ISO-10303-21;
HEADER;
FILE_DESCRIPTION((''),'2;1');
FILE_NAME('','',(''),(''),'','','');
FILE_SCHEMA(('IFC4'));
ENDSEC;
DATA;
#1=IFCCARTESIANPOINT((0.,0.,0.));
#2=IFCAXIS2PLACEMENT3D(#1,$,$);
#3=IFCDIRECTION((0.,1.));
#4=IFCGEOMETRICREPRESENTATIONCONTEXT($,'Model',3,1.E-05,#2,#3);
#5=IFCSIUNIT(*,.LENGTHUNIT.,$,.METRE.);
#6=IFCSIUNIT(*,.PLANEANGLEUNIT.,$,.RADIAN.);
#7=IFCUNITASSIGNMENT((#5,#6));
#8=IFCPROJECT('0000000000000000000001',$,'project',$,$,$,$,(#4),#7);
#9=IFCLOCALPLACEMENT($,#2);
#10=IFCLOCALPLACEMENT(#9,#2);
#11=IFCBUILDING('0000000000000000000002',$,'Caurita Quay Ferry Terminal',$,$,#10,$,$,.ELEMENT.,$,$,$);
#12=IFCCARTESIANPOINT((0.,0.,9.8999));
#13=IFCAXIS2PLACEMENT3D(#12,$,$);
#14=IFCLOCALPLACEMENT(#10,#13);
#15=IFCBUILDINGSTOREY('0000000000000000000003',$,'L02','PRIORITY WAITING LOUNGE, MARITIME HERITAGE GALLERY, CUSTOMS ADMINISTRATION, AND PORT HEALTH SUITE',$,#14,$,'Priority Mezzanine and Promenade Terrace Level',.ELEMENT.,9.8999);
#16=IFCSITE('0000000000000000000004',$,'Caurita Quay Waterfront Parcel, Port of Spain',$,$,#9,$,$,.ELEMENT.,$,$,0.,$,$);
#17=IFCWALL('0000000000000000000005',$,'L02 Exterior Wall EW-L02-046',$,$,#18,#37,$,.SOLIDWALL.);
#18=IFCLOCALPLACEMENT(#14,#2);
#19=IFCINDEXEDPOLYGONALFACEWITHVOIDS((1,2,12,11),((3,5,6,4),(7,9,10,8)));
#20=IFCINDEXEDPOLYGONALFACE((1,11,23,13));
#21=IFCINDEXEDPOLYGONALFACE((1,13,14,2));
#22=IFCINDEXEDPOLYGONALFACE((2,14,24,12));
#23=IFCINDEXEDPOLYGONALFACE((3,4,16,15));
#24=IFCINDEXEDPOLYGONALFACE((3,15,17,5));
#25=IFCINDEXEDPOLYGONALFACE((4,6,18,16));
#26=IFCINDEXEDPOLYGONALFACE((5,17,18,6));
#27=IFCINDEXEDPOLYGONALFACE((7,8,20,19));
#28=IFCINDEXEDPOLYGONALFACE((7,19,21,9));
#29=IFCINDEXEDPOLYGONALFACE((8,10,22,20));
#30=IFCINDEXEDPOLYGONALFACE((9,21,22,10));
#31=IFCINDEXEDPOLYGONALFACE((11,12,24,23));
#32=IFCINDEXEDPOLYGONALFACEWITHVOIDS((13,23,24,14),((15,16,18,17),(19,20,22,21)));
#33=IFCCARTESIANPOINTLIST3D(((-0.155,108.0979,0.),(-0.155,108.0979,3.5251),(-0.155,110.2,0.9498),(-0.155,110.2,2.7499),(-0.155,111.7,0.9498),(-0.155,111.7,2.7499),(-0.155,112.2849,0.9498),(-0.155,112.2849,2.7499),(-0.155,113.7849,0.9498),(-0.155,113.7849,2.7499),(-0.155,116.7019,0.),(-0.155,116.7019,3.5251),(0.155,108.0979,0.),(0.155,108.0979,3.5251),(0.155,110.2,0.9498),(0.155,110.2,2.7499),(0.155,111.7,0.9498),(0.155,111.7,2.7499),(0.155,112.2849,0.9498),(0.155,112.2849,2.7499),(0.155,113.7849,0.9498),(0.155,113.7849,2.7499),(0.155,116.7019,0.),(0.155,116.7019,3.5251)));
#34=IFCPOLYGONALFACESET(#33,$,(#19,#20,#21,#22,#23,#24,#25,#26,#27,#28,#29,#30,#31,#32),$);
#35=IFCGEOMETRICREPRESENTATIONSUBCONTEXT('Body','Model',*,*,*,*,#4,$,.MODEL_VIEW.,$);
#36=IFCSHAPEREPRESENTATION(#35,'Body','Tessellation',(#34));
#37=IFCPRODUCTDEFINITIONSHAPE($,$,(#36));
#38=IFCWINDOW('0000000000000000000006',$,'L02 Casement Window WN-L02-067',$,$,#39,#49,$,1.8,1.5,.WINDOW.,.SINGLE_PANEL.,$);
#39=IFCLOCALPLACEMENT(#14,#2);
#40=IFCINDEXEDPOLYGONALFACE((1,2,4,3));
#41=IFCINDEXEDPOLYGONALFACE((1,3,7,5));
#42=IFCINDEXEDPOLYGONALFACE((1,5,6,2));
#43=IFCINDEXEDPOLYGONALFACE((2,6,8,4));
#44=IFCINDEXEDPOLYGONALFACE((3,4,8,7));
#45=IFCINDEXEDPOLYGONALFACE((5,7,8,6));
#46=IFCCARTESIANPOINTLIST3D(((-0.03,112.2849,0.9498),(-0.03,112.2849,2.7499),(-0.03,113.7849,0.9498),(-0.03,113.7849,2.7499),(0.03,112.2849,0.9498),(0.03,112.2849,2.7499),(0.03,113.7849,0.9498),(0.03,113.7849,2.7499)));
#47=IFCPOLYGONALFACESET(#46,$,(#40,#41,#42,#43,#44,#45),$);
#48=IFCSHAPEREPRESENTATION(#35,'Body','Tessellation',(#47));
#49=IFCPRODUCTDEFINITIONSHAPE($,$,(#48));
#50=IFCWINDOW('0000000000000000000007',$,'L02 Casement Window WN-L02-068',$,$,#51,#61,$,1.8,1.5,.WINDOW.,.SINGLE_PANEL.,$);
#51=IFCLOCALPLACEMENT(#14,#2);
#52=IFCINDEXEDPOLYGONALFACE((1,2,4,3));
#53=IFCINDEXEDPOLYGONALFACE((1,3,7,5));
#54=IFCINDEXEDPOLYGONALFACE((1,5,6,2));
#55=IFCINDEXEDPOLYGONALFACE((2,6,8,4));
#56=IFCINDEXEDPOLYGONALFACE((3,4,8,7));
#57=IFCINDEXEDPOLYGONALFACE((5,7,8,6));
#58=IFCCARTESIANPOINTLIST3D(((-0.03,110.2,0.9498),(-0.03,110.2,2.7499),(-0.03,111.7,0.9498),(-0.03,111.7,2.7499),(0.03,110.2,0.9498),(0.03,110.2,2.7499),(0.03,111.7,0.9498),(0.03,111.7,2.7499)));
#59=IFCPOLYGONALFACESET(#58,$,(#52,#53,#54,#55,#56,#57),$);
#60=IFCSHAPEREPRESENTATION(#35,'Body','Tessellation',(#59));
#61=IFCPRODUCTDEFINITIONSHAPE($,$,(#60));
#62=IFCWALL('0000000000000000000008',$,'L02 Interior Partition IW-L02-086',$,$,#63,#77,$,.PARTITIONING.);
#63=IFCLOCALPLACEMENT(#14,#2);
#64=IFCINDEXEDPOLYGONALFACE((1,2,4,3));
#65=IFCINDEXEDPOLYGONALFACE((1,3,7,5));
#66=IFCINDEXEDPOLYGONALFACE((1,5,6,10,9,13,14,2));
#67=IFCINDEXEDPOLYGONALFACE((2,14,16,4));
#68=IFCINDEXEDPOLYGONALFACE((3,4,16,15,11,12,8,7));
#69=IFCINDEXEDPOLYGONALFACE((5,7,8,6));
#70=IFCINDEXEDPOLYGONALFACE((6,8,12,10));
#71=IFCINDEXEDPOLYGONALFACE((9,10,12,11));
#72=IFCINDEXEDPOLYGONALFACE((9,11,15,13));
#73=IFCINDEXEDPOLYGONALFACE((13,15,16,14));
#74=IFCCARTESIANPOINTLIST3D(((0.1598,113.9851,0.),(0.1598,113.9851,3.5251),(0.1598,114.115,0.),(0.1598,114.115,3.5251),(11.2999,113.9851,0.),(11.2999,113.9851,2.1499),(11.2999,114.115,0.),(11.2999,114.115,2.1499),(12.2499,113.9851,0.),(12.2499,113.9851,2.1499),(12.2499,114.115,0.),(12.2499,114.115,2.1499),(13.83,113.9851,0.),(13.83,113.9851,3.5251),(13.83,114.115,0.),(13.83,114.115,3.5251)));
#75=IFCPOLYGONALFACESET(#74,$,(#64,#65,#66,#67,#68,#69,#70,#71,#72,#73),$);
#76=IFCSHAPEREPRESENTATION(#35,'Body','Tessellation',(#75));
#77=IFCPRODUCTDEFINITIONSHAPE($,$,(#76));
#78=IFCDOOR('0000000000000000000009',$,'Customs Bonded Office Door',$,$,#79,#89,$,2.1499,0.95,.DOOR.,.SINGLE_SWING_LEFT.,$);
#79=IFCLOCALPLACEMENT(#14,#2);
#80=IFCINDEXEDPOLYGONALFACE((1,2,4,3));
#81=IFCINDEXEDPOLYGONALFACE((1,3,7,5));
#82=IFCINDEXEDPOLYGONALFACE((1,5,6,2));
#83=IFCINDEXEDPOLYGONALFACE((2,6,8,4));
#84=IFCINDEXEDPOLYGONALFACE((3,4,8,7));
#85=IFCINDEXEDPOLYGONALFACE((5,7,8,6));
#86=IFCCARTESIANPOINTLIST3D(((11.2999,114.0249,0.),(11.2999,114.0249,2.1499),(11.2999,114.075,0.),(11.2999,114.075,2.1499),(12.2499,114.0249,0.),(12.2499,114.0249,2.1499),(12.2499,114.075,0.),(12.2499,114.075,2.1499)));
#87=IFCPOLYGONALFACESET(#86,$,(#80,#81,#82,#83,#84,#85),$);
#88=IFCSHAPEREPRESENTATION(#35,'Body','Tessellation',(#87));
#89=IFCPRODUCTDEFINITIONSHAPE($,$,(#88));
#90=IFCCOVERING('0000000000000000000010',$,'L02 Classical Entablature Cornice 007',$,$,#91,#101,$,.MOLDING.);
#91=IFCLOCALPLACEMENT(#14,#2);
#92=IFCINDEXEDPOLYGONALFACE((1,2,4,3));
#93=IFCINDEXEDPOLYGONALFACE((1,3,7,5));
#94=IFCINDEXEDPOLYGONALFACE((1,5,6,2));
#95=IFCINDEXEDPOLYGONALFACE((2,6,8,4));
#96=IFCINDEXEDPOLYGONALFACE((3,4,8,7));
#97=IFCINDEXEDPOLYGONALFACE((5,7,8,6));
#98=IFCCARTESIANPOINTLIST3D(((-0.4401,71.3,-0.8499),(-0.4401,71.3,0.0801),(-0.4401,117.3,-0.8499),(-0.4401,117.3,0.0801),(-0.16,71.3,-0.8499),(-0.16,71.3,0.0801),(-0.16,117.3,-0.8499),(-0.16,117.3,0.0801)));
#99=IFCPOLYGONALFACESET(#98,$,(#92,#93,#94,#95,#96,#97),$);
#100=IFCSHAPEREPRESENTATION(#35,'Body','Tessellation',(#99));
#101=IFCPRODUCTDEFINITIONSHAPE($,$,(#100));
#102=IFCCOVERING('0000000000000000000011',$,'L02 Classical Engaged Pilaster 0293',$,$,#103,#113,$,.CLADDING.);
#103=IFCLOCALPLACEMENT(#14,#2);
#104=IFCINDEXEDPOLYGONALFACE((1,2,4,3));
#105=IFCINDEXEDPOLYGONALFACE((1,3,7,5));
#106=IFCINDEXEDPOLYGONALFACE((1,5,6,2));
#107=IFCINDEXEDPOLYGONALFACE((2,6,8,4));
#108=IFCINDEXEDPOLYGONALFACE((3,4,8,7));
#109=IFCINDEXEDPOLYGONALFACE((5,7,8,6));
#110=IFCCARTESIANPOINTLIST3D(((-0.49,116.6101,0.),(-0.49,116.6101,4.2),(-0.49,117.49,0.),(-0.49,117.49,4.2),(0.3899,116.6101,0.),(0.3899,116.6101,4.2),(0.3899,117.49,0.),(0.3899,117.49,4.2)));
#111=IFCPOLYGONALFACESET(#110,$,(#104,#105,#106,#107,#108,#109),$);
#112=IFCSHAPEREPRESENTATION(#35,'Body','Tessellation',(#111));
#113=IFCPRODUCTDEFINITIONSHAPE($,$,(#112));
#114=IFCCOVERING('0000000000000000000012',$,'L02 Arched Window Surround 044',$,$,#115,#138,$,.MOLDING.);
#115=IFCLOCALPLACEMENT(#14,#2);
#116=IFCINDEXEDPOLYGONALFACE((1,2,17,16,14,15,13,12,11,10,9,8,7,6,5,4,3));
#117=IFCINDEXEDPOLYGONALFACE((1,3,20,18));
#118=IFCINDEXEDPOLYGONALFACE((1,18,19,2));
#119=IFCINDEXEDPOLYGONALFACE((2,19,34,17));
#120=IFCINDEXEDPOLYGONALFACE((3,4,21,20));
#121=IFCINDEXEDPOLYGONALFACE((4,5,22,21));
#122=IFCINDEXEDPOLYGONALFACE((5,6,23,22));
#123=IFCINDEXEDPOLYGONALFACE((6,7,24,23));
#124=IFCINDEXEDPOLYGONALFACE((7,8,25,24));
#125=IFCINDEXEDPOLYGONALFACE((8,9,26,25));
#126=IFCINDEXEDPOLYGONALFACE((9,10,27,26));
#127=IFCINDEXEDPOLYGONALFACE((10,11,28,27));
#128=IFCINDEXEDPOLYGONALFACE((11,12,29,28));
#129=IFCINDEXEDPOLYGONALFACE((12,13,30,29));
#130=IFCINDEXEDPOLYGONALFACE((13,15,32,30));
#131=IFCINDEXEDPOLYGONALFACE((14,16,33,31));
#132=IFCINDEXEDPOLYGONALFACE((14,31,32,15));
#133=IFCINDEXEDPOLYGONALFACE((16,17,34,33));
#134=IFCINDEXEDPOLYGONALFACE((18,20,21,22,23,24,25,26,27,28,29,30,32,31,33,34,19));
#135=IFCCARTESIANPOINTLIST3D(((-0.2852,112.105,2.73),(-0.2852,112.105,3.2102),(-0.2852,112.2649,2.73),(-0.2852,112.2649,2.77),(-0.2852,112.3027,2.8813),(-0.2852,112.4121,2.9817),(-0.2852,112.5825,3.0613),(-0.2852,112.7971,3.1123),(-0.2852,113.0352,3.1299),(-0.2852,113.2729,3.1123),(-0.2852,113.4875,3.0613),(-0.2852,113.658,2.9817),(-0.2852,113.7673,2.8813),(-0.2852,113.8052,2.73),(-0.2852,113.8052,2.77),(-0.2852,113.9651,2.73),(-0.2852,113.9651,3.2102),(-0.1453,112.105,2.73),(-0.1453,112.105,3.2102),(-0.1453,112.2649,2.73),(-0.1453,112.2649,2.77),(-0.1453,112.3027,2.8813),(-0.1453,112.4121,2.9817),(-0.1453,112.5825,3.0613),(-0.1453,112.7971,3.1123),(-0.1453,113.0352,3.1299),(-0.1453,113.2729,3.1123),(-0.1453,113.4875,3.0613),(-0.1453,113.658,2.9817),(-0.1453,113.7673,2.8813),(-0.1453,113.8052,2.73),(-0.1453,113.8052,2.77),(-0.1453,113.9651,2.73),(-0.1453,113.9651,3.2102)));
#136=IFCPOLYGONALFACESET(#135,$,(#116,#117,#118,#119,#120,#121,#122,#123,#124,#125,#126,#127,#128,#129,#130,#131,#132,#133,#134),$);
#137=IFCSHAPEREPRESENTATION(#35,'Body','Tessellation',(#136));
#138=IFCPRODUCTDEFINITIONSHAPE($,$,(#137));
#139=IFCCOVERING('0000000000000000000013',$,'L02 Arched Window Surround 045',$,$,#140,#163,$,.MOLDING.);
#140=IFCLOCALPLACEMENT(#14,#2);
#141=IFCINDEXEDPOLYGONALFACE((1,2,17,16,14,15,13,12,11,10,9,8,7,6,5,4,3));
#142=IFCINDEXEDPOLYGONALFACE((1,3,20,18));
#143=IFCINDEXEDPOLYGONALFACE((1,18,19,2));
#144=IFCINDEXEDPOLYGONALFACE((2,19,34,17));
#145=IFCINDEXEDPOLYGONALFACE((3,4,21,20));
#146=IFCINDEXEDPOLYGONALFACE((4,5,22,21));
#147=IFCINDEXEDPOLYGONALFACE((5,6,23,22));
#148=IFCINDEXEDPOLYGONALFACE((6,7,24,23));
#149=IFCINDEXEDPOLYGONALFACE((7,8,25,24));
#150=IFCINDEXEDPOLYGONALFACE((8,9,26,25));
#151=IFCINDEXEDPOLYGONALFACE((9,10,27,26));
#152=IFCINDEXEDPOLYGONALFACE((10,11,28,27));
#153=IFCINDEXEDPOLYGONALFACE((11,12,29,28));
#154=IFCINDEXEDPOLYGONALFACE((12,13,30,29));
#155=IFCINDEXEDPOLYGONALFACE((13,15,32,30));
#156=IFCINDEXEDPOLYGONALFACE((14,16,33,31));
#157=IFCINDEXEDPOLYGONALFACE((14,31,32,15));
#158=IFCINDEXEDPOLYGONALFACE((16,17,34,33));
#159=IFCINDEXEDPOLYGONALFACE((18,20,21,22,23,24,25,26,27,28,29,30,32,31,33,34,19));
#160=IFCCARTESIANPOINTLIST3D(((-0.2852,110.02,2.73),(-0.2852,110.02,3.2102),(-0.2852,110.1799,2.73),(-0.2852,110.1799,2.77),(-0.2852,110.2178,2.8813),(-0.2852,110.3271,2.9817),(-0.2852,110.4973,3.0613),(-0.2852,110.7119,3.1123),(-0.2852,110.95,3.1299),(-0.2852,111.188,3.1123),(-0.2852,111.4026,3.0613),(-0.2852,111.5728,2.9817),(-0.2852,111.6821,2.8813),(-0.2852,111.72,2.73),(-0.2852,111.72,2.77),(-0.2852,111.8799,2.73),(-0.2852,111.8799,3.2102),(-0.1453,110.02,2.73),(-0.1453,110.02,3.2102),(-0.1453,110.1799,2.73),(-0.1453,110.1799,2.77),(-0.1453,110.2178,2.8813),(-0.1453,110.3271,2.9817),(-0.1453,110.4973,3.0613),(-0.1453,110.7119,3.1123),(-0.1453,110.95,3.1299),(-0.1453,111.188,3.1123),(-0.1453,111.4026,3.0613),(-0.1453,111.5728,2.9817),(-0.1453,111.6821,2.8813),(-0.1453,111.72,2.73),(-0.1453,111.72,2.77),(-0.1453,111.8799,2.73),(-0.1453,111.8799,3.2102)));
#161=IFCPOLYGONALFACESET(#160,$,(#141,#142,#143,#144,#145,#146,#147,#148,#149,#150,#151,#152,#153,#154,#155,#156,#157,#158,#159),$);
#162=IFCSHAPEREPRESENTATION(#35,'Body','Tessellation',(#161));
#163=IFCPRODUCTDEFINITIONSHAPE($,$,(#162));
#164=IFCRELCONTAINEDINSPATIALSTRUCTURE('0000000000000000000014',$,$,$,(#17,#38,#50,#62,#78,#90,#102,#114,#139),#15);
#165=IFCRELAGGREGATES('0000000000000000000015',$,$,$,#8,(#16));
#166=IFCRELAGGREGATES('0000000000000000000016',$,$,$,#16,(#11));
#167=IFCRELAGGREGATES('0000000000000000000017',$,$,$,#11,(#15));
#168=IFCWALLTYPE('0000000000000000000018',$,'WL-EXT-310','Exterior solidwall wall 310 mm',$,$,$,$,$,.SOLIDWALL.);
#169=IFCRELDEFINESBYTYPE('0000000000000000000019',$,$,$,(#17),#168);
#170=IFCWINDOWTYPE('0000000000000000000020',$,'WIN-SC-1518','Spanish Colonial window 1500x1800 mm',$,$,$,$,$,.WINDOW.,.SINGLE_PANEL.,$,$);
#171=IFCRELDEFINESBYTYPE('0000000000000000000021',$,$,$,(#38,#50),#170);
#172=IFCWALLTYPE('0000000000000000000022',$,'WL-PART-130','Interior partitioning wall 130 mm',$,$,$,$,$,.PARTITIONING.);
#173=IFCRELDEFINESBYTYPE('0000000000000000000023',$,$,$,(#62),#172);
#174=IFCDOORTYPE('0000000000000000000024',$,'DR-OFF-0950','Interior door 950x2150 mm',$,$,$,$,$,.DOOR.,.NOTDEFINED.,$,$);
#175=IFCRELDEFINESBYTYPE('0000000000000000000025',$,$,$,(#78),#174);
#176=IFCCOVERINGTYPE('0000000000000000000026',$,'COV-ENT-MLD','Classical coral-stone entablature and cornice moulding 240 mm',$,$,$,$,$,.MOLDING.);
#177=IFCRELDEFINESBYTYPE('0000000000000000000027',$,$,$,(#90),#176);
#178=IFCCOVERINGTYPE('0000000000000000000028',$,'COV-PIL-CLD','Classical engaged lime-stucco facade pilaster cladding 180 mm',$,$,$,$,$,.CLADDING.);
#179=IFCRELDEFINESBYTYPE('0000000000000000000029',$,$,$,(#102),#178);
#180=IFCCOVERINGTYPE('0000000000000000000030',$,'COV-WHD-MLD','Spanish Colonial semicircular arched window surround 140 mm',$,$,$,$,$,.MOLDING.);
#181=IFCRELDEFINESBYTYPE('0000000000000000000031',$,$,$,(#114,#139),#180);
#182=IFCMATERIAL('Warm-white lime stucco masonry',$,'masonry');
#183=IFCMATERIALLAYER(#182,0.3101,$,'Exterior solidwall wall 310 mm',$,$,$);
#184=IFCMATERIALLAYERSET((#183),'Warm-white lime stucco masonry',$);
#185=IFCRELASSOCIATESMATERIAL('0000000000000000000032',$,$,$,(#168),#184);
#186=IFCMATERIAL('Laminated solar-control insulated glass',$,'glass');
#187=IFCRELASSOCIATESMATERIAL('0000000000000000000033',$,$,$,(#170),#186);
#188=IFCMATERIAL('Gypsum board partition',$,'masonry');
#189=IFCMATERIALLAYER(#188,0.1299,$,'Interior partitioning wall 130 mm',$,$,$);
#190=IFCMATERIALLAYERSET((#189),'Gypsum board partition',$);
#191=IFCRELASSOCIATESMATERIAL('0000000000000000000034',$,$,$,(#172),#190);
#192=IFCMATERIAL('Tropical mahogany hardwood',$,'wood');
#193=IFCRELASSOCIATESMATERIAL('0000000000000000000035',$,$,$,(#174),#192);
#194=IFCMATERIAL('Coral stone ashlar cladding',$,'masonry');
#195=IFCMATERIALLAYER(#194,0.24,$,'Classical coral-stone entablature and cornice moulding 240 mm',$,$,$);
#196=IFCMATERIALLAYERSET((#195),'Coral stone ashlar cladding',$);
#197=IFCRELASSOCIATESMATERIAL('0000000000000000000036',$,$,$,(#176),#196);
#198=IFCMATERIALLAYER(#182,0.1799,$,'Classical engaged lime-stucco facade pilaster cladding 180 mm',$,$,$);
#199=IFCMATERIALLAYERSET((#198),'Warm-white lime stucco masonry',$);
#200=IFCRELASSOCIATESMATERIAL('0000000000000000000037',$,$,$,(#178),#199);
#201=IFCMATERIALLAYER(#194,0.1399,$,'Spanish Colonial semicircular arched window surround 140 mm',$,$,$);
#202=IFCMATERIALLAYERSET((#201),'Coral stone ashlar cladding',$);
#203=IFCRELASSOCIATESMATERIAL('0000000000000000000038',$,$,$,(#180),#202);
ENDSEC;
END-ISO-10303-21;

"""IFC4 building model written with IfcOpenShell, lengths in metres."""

from ifc_helpers import new_model, si_unit, direction, frame, frame_2d, origin, origin_2d, place, context, subcontext, project, spatial, polyline, rectangle, outline, extrude, material, layer, layer_set, type_object, element, fill, save


model = new_model("IFC4")

# Units and contexts
model_context = context("Model", 3, precision=1e-05, world=origin(), true_north=direction((0.0, 1.0)))
body_context = subcontext(model_context, "Body", "Model", "MODEL_VIEW")
ifc_project = project(units=[si_unit("LENGTHUNIT", "METRE"), si_unit("PLANEANGLEUNIT", "RADIAN")], contexts=[model_context])

# Site, building, storey
site_placement = place(None, origin())
site = spatial("IfcSite", under=ifc_project, at=site_placement, Name="Caurita Quay Waterfront Parcel, Port of Spain", CompositionType="ELEMENT", RefElevation=0.0)
building_placement = place(site_placement, origin())
building = spatial("IfcBuilding", under=site, at=building_placement, Name="Caurita Quay Ferry Terminal", CompositionType="ELEMENT")
storey_placement = place(building_placement, frame((0.0, 0.0, 9.8999)))
storey = spatial("IfcBuildingStorey", under=building, at=storey_placement, Name="L02", Description="PRIORITY WAITING LOUNGE, MARITIME HERITAGE GALLERY, CUSTOMS ADMINISTRATION, AND PORT HEALTH SUITE", LongName="Priority Mezzanine and Promenade Terrace Level", CompositionType="ELEMENT", Elevation=9.8999)

# Wall, openings, windows
ifc_material_1 = material(Name="Warm-white lime stucco masonry", Category="masonry")
ifc_layer_1 = layer(ifc_material_1, 0.3101, Name="Exterior solidwall wall 310 mm")
ifc_layer_set_1 = layer_set([ifc_layer_1], Name="Warm-white lime stucco masonry")
wall_type_1 = type_object("IfcWallType", Name="WL-EXT-310", Description="Exterior solidwall wall 310 mm", PredefinedType="SOLIDWALL", material=ifc_layer_set_1)
wall_1_placement = place(storey_placement, frame((0.0, 116.7019, 0.0), z_axis=(0.0, 0.0, 1.0), x_axis=(0.0, -1.0, 0.0)))
wall_1 = element("IfcWall", 1, at=wall_1_placement, inside=storey, type_object=wall_type_1, Name="L02 Exterior Wall EW-L02-046", PredefinedType="SOLIDWALL", context=body_context, shape_type="SweptSolid", body=[
    extrude(rectangle(XDim=8.604, YDim=0.3101, at=frame_2d((4.302, 0.0))), origin(), (0.0, 0.0, 1.0), 3.5251),
])
opening_1_placement = place(wall_1_placement, frame((2.917, 0.0, 0.95)))
opening_1 = element("IfcOpeningElement", 2, at=opening_1_placement, cuts=wall_1, PredefinedType="OPENING", context=body_context, shape_type="SweptSolid", body=[
    extrude(rectangle(XDim=1.5, YDim=1.8, at=frame_2d((0.75, 0.8999))), frame((0.0, 0.165, 0.0), z_axis=(0.0, -1.0, 0.0), x_axis=(1.0, 0.0, 0.0)), (0.0, 0.0, 1.0), 0.3301),
])
opening_2_placement = place(wall_1_placement, frame((5.002, 0.0, 0.95)))
opening_2 = element("IfcOpeningElement", 3, at=opening_2_placement, cuts=wall_1, PredefinedType="OPENING", context=body_context, shape_type="SweptSolid", body=[
    extrude(rectangle(XDim=1.5, YDim=1.8, at=frame_2d((0.75, 0.8999))), frame((0.0, 0.165, 0.0), z_axis=(0.0, -1.0, 0.0), x_axis=(1.0, 0.0, 0.0)), (0.0, 0.0, 1.0), 0.3301),
])
ifc_material_2 = material(Name="Laminated solar-control insulated glass", Category="glass")
window_type = type_object("IfcWindowType", Name="WIN-SC-1518", Description="Spanish Colonial window 1500x1800 mm", PartitioningType="SINGLE_PANEL", PredefinedType="WINDOW", material=ifc_material_2)
window_1_placement = place(opening_1_placement, origin())
window_1 = element("IfcWindow", 4, at=window_1_placement, inside=storey, type_object=window_type, Name="L02 Casement Window WN-L02-067", OverallHeight=1.8, OverallWidth=1.5, PartitioningType="SINGLE_PANEL", PredefinedType="WINDOW", context=body_context, shape_type="SweptSolid", body=[
    extrude(rectangle(XDim=1.5, YDim=1.8, at=frame_2d((0.75, 0.8999))), frame((0.0, 0.03, 0.0), z_axis=(0.0, -1.0, 0.0), x_axis=(1.0, 0.0, 0.0)), (0.0, 0.0, 1.0), 0.0601),
])
fill(opening_1, window_1)
window_2_placement = place(opening_2_placement, origin())
window_2 = element("IfcWindow", 5, at=window_2_placement, inside=storey, type_object=window_type, Name="L02 Casement Window WN-L02-068", OverallHeight=1.8, OverallWidth=1.5, PartitioningType="SINGLE_PANEL", PredefinedType="WINDOW", context=body_context, shape_type="SweptSolid", body=[
    extrude(rectangle(XDim=1.5, YDim=1.8, at=frame_2d((0.75, 0.8999))), frame((0.0, 0.03, 0.0), z_axis=(0.0, -1.0, 0.0), x_axis=(1.0, 0.0, 0.0)), (0.0, 0.0, 1.0), 0.0601),
])
fill(opening_2, window_2)

# Wall, opening, door
ifc_material_3 = material(Name="Gypsum board partition", Category="masonry")
ifc_layer_2 = layer(ifc_material_3, 0.1299, Name="Interior partitioning wall 130 mm")
ifc_layer_set_2 = layer_set([ifc_layer_2], Name="Gypsum board partition")
wall_type_2 = type_object("IfcWallType", Name="WL-PART-130", Description="Interior partitioning wall 130 mm", PredefinedType="PARTITIONING", material=ifc_layer_set_2)
wall_2_placement = place(storey_placement, frame((0.1599, 114.05, 0.0), z_axis=(0.0, 0.0, 1.0), x_axis=(1.0, 0.0, 0.0)))
wall_2 = element("IfcWall", 6, at=wall_2_placement, inside=storey, type_object=wall_type_2, Name="L02 Interior Partition IW-L02-086", PredefinedType="PARTITIONING", context=body_context, shape_type="SweptSolid", body=[
    extrude(rectangle(XDim=13.6702, YDim=0.1299, at=frame_2d((6.835, 0.0))), origin(), (0.0, 0.0, 1.0), 3.5251),
])
opening_3_placement = place(wall_2_placement, frame((11.1399, 0.0, 0.0)))
opening_3 = element("IfcOpeningElement", 7, at=opening_3_placement, cuts=wall_2, PredefinedType="OPENING", context=body_context, shape_type="SweptSolid", body=[
    extrude(rectangle(XDim=0.95, YDim=2.1499, at=frame_2d((0.4751, 1.075))), frame((0.0, 0.075, 0.0), z_axis=(0.0, -1.0, 0.0), x_axis=(1.0, 0.0, 0.0)), (0.0, 0.0, 1.0), 0.1499),
])
ifc_material_4 = material(Name="Tropical mahogany hardwood", Category="wood")
door_type_1 = type_object("IfcDoorType", Name="DR-OFF-0950", Description="Interior door 950x2150 mm", OperationType="NOTDEFINED", PredefinedType="DOOR", material=ifc_material_4)
door_1_placement = place(opening_3_placement, origin())
door_1 = element("IfcDoor", 8, at=door_1_placement, inside=storey, type_object=door_type_1, Name="Customs Bonded Office Door", OperationType="SINGLE_SWING_LEFT", OverallHeight=2.1499, OverallWidth=0.95, PredefinedType="DOOR", context=body_context, shape_type="SweptSolid", body=[
    extrude(rectangle(XDim=0.95, YDim=2.1499, at=frame_2d((0.4751, 1.075))), frame((0.0, 0.0249, 0.0), z_axis=(0.0, -1.0, 0.0), x_axis=(1.0, 0.0, 0.0)), (0.0, 0.0, 1.0), 0.05),
])
fill(opening_3, door_1)

# Coverings
ifc_material_5 = material(Name="Coral stone ashlar cladding", Category="masonry")
ifc_layer_3 = layer(ifc_material_5, 0.24, Name="Classical coral-stone entablature and cornice moulding 240 mm")
ifc_layer_set_3 = layer_set([ifc_layer_3], Name="Coral stone ashlar cladding")
covering_type_1 = type_object("IfcCoveringType", Name="COV-ENT-MLD", Description="Classical coral-stone entablature and cornice moulding 240 mm", PredefinedType="MOLDING", material=ifc_layer_set_3)
covering_1_placement = place(storey_placement, frame((-0.3, 117.3, -0.8499), z_axis=(0.0, 0.0, 1.0), x_axis=(0.0, -1.0, 0.0)))
element("IfcCovering", 9, at=covering_1_placement, inside=storey, type_object=covering_type_1, Name="L02 Classical Entablature Cornice 007", PredefinedType="MOLDING", context=body_context, shape_type="SweptSolid", body=[
    extrude(rectangle(XDim=46.0, YDim=0.28, at=frame_2d((23.0, 0.0))), origin(), (0.0, 0.0, 1.0), 0.9299),
])
ifc_layer_4 = layer(ifc_material_1, 0.1799, Name="Classical engaged lime-stucco facade pilaster cladding 180 mm")
ifc_layer_set_4 = layer_set([ifc_layer_4], Name="Warm-white lime stucco masonry")
covering_type_2 = type_object("IfcCoveringType", Name="COV-PIL-CLD", Description="Classical engaged lime-stucco facade pilaster cladding 180 mm", PredefinedType="CLADDING", material=ifc_layer_set_4)
covering_2_placement = place(storey_placement, frame((-0.05, 117.05, 0.0), z_axis=(0.0, 0.0, 1.0), x_axis=(1.0, 0.0, 0.0)))
element("IfcCovering", 10, at=covering_2_placement, inside=storey, type_object=covering_type_2, Name="L02 Classical Engaged Pilaster 0293", PredefinedType="CLADDING", context=body_context, shape_type="SweptSolid", body=[
    extrude(rectangle(XDim=0.8799, YDim=0.8799, at=origin_2d()), origin(), (0.0, 0.0, 1.0), 4.2),
])
ifc_layer_5 = layer(ifc_material_5, 0.1399, Name="Spanish Colonial semicircular arched window surround 140 mm")
ifc_layer_set_5 = layer_set([ifc_layer_5], Name="Coral stone ashlar cladding")
covering_type_3 = type_object("IfcCoveringType", Name="COV-WHD-MLD", Description="Spanish Colonial semicircular arched window surround 140 mm", PredefinedType="MOLDING", material=ifc_layer_set_5)
covering_3_placement = place(storey_placement, frame((-0.2151, 113.9651, 2.73), z_axis=(0.0, 0.0, 1.0), x_axis=(0.0, -1.0, 0.0)))
element("IfcCovering", 11, at=covering_3_placement, inside=storey, type_object=covering_type_3, Name="L02 Arched Window Surround 044", PredefinedType="MOLDING", context=body_context, shape_type="SweptSolid", body=[
    extrude(outline(polyline([(0.0, 0.0), (0.1599, 0.0), (0.1599, 0.04), (0.1978, 0.1514), (0.3071, 0.2517), (0.4775, 0.3313), (0.6921, 0.3823), (0.9299, 0.3999), (1.168, 0.3823), (1.3826, 0.3313), (1.553, 0.2517), (1.6624, 0.1514), (1.7002, 0.04), (1.7002, 0.0), (1.8601, 0.0), (1.8601, 0.4802), (0.0, 0.4802), (0.0, 0.0)])), frame((0.0, 0.0698, 0.0), z_axis=(0.0, -1.0, 0.0), x_axis=(1.0, 0.0, 0.0)), (0.0, 0.0, 1.0), 0.1399),
])
covering_4_placement = place(storey_placement, frame((-0.2151, 111.8799, 2.73), z_axis=(0.0, 0.0, 1.0), x_axis=(0.0, -1.0, 0.0)))
element("IfcCovering", 12, at=covering_4_placement, inside=storey, type_object=covering_type_3, Name="L02 Arched Window Surround 045", PredefinedType="MOLDING", context=body_context, shape_type="SweptSolid", body=[
    extrude(outline(polyline([(0.0, 0.0), (0.1599, 0.0), (0.1599, 0.04), (0.1978, 0.1514), (0.3071, 0.2517), (0.4773, 0.3313), (0.6919, 0.3823), (0.9299, 0.3999), (1.168, 0.3823), (1.3826, 0.3313), (1.5527, 0.2517), (1.6621, 0.1514), (1.7, 0.04), (1.7, 0.0), (1.8599, 0.0), (1.8599, 0.4802), (0.0, 0.4802), (0.0, 0.0)])), frame((0.0, 0.0698, 0.0), z_axis=(0.0, -1.0, 0.0), x_axis=(1.0, 0.0, 0.0)), (0.0, 0.0, 1.0), 0.1399),
])

save(model, "model.ifc")
